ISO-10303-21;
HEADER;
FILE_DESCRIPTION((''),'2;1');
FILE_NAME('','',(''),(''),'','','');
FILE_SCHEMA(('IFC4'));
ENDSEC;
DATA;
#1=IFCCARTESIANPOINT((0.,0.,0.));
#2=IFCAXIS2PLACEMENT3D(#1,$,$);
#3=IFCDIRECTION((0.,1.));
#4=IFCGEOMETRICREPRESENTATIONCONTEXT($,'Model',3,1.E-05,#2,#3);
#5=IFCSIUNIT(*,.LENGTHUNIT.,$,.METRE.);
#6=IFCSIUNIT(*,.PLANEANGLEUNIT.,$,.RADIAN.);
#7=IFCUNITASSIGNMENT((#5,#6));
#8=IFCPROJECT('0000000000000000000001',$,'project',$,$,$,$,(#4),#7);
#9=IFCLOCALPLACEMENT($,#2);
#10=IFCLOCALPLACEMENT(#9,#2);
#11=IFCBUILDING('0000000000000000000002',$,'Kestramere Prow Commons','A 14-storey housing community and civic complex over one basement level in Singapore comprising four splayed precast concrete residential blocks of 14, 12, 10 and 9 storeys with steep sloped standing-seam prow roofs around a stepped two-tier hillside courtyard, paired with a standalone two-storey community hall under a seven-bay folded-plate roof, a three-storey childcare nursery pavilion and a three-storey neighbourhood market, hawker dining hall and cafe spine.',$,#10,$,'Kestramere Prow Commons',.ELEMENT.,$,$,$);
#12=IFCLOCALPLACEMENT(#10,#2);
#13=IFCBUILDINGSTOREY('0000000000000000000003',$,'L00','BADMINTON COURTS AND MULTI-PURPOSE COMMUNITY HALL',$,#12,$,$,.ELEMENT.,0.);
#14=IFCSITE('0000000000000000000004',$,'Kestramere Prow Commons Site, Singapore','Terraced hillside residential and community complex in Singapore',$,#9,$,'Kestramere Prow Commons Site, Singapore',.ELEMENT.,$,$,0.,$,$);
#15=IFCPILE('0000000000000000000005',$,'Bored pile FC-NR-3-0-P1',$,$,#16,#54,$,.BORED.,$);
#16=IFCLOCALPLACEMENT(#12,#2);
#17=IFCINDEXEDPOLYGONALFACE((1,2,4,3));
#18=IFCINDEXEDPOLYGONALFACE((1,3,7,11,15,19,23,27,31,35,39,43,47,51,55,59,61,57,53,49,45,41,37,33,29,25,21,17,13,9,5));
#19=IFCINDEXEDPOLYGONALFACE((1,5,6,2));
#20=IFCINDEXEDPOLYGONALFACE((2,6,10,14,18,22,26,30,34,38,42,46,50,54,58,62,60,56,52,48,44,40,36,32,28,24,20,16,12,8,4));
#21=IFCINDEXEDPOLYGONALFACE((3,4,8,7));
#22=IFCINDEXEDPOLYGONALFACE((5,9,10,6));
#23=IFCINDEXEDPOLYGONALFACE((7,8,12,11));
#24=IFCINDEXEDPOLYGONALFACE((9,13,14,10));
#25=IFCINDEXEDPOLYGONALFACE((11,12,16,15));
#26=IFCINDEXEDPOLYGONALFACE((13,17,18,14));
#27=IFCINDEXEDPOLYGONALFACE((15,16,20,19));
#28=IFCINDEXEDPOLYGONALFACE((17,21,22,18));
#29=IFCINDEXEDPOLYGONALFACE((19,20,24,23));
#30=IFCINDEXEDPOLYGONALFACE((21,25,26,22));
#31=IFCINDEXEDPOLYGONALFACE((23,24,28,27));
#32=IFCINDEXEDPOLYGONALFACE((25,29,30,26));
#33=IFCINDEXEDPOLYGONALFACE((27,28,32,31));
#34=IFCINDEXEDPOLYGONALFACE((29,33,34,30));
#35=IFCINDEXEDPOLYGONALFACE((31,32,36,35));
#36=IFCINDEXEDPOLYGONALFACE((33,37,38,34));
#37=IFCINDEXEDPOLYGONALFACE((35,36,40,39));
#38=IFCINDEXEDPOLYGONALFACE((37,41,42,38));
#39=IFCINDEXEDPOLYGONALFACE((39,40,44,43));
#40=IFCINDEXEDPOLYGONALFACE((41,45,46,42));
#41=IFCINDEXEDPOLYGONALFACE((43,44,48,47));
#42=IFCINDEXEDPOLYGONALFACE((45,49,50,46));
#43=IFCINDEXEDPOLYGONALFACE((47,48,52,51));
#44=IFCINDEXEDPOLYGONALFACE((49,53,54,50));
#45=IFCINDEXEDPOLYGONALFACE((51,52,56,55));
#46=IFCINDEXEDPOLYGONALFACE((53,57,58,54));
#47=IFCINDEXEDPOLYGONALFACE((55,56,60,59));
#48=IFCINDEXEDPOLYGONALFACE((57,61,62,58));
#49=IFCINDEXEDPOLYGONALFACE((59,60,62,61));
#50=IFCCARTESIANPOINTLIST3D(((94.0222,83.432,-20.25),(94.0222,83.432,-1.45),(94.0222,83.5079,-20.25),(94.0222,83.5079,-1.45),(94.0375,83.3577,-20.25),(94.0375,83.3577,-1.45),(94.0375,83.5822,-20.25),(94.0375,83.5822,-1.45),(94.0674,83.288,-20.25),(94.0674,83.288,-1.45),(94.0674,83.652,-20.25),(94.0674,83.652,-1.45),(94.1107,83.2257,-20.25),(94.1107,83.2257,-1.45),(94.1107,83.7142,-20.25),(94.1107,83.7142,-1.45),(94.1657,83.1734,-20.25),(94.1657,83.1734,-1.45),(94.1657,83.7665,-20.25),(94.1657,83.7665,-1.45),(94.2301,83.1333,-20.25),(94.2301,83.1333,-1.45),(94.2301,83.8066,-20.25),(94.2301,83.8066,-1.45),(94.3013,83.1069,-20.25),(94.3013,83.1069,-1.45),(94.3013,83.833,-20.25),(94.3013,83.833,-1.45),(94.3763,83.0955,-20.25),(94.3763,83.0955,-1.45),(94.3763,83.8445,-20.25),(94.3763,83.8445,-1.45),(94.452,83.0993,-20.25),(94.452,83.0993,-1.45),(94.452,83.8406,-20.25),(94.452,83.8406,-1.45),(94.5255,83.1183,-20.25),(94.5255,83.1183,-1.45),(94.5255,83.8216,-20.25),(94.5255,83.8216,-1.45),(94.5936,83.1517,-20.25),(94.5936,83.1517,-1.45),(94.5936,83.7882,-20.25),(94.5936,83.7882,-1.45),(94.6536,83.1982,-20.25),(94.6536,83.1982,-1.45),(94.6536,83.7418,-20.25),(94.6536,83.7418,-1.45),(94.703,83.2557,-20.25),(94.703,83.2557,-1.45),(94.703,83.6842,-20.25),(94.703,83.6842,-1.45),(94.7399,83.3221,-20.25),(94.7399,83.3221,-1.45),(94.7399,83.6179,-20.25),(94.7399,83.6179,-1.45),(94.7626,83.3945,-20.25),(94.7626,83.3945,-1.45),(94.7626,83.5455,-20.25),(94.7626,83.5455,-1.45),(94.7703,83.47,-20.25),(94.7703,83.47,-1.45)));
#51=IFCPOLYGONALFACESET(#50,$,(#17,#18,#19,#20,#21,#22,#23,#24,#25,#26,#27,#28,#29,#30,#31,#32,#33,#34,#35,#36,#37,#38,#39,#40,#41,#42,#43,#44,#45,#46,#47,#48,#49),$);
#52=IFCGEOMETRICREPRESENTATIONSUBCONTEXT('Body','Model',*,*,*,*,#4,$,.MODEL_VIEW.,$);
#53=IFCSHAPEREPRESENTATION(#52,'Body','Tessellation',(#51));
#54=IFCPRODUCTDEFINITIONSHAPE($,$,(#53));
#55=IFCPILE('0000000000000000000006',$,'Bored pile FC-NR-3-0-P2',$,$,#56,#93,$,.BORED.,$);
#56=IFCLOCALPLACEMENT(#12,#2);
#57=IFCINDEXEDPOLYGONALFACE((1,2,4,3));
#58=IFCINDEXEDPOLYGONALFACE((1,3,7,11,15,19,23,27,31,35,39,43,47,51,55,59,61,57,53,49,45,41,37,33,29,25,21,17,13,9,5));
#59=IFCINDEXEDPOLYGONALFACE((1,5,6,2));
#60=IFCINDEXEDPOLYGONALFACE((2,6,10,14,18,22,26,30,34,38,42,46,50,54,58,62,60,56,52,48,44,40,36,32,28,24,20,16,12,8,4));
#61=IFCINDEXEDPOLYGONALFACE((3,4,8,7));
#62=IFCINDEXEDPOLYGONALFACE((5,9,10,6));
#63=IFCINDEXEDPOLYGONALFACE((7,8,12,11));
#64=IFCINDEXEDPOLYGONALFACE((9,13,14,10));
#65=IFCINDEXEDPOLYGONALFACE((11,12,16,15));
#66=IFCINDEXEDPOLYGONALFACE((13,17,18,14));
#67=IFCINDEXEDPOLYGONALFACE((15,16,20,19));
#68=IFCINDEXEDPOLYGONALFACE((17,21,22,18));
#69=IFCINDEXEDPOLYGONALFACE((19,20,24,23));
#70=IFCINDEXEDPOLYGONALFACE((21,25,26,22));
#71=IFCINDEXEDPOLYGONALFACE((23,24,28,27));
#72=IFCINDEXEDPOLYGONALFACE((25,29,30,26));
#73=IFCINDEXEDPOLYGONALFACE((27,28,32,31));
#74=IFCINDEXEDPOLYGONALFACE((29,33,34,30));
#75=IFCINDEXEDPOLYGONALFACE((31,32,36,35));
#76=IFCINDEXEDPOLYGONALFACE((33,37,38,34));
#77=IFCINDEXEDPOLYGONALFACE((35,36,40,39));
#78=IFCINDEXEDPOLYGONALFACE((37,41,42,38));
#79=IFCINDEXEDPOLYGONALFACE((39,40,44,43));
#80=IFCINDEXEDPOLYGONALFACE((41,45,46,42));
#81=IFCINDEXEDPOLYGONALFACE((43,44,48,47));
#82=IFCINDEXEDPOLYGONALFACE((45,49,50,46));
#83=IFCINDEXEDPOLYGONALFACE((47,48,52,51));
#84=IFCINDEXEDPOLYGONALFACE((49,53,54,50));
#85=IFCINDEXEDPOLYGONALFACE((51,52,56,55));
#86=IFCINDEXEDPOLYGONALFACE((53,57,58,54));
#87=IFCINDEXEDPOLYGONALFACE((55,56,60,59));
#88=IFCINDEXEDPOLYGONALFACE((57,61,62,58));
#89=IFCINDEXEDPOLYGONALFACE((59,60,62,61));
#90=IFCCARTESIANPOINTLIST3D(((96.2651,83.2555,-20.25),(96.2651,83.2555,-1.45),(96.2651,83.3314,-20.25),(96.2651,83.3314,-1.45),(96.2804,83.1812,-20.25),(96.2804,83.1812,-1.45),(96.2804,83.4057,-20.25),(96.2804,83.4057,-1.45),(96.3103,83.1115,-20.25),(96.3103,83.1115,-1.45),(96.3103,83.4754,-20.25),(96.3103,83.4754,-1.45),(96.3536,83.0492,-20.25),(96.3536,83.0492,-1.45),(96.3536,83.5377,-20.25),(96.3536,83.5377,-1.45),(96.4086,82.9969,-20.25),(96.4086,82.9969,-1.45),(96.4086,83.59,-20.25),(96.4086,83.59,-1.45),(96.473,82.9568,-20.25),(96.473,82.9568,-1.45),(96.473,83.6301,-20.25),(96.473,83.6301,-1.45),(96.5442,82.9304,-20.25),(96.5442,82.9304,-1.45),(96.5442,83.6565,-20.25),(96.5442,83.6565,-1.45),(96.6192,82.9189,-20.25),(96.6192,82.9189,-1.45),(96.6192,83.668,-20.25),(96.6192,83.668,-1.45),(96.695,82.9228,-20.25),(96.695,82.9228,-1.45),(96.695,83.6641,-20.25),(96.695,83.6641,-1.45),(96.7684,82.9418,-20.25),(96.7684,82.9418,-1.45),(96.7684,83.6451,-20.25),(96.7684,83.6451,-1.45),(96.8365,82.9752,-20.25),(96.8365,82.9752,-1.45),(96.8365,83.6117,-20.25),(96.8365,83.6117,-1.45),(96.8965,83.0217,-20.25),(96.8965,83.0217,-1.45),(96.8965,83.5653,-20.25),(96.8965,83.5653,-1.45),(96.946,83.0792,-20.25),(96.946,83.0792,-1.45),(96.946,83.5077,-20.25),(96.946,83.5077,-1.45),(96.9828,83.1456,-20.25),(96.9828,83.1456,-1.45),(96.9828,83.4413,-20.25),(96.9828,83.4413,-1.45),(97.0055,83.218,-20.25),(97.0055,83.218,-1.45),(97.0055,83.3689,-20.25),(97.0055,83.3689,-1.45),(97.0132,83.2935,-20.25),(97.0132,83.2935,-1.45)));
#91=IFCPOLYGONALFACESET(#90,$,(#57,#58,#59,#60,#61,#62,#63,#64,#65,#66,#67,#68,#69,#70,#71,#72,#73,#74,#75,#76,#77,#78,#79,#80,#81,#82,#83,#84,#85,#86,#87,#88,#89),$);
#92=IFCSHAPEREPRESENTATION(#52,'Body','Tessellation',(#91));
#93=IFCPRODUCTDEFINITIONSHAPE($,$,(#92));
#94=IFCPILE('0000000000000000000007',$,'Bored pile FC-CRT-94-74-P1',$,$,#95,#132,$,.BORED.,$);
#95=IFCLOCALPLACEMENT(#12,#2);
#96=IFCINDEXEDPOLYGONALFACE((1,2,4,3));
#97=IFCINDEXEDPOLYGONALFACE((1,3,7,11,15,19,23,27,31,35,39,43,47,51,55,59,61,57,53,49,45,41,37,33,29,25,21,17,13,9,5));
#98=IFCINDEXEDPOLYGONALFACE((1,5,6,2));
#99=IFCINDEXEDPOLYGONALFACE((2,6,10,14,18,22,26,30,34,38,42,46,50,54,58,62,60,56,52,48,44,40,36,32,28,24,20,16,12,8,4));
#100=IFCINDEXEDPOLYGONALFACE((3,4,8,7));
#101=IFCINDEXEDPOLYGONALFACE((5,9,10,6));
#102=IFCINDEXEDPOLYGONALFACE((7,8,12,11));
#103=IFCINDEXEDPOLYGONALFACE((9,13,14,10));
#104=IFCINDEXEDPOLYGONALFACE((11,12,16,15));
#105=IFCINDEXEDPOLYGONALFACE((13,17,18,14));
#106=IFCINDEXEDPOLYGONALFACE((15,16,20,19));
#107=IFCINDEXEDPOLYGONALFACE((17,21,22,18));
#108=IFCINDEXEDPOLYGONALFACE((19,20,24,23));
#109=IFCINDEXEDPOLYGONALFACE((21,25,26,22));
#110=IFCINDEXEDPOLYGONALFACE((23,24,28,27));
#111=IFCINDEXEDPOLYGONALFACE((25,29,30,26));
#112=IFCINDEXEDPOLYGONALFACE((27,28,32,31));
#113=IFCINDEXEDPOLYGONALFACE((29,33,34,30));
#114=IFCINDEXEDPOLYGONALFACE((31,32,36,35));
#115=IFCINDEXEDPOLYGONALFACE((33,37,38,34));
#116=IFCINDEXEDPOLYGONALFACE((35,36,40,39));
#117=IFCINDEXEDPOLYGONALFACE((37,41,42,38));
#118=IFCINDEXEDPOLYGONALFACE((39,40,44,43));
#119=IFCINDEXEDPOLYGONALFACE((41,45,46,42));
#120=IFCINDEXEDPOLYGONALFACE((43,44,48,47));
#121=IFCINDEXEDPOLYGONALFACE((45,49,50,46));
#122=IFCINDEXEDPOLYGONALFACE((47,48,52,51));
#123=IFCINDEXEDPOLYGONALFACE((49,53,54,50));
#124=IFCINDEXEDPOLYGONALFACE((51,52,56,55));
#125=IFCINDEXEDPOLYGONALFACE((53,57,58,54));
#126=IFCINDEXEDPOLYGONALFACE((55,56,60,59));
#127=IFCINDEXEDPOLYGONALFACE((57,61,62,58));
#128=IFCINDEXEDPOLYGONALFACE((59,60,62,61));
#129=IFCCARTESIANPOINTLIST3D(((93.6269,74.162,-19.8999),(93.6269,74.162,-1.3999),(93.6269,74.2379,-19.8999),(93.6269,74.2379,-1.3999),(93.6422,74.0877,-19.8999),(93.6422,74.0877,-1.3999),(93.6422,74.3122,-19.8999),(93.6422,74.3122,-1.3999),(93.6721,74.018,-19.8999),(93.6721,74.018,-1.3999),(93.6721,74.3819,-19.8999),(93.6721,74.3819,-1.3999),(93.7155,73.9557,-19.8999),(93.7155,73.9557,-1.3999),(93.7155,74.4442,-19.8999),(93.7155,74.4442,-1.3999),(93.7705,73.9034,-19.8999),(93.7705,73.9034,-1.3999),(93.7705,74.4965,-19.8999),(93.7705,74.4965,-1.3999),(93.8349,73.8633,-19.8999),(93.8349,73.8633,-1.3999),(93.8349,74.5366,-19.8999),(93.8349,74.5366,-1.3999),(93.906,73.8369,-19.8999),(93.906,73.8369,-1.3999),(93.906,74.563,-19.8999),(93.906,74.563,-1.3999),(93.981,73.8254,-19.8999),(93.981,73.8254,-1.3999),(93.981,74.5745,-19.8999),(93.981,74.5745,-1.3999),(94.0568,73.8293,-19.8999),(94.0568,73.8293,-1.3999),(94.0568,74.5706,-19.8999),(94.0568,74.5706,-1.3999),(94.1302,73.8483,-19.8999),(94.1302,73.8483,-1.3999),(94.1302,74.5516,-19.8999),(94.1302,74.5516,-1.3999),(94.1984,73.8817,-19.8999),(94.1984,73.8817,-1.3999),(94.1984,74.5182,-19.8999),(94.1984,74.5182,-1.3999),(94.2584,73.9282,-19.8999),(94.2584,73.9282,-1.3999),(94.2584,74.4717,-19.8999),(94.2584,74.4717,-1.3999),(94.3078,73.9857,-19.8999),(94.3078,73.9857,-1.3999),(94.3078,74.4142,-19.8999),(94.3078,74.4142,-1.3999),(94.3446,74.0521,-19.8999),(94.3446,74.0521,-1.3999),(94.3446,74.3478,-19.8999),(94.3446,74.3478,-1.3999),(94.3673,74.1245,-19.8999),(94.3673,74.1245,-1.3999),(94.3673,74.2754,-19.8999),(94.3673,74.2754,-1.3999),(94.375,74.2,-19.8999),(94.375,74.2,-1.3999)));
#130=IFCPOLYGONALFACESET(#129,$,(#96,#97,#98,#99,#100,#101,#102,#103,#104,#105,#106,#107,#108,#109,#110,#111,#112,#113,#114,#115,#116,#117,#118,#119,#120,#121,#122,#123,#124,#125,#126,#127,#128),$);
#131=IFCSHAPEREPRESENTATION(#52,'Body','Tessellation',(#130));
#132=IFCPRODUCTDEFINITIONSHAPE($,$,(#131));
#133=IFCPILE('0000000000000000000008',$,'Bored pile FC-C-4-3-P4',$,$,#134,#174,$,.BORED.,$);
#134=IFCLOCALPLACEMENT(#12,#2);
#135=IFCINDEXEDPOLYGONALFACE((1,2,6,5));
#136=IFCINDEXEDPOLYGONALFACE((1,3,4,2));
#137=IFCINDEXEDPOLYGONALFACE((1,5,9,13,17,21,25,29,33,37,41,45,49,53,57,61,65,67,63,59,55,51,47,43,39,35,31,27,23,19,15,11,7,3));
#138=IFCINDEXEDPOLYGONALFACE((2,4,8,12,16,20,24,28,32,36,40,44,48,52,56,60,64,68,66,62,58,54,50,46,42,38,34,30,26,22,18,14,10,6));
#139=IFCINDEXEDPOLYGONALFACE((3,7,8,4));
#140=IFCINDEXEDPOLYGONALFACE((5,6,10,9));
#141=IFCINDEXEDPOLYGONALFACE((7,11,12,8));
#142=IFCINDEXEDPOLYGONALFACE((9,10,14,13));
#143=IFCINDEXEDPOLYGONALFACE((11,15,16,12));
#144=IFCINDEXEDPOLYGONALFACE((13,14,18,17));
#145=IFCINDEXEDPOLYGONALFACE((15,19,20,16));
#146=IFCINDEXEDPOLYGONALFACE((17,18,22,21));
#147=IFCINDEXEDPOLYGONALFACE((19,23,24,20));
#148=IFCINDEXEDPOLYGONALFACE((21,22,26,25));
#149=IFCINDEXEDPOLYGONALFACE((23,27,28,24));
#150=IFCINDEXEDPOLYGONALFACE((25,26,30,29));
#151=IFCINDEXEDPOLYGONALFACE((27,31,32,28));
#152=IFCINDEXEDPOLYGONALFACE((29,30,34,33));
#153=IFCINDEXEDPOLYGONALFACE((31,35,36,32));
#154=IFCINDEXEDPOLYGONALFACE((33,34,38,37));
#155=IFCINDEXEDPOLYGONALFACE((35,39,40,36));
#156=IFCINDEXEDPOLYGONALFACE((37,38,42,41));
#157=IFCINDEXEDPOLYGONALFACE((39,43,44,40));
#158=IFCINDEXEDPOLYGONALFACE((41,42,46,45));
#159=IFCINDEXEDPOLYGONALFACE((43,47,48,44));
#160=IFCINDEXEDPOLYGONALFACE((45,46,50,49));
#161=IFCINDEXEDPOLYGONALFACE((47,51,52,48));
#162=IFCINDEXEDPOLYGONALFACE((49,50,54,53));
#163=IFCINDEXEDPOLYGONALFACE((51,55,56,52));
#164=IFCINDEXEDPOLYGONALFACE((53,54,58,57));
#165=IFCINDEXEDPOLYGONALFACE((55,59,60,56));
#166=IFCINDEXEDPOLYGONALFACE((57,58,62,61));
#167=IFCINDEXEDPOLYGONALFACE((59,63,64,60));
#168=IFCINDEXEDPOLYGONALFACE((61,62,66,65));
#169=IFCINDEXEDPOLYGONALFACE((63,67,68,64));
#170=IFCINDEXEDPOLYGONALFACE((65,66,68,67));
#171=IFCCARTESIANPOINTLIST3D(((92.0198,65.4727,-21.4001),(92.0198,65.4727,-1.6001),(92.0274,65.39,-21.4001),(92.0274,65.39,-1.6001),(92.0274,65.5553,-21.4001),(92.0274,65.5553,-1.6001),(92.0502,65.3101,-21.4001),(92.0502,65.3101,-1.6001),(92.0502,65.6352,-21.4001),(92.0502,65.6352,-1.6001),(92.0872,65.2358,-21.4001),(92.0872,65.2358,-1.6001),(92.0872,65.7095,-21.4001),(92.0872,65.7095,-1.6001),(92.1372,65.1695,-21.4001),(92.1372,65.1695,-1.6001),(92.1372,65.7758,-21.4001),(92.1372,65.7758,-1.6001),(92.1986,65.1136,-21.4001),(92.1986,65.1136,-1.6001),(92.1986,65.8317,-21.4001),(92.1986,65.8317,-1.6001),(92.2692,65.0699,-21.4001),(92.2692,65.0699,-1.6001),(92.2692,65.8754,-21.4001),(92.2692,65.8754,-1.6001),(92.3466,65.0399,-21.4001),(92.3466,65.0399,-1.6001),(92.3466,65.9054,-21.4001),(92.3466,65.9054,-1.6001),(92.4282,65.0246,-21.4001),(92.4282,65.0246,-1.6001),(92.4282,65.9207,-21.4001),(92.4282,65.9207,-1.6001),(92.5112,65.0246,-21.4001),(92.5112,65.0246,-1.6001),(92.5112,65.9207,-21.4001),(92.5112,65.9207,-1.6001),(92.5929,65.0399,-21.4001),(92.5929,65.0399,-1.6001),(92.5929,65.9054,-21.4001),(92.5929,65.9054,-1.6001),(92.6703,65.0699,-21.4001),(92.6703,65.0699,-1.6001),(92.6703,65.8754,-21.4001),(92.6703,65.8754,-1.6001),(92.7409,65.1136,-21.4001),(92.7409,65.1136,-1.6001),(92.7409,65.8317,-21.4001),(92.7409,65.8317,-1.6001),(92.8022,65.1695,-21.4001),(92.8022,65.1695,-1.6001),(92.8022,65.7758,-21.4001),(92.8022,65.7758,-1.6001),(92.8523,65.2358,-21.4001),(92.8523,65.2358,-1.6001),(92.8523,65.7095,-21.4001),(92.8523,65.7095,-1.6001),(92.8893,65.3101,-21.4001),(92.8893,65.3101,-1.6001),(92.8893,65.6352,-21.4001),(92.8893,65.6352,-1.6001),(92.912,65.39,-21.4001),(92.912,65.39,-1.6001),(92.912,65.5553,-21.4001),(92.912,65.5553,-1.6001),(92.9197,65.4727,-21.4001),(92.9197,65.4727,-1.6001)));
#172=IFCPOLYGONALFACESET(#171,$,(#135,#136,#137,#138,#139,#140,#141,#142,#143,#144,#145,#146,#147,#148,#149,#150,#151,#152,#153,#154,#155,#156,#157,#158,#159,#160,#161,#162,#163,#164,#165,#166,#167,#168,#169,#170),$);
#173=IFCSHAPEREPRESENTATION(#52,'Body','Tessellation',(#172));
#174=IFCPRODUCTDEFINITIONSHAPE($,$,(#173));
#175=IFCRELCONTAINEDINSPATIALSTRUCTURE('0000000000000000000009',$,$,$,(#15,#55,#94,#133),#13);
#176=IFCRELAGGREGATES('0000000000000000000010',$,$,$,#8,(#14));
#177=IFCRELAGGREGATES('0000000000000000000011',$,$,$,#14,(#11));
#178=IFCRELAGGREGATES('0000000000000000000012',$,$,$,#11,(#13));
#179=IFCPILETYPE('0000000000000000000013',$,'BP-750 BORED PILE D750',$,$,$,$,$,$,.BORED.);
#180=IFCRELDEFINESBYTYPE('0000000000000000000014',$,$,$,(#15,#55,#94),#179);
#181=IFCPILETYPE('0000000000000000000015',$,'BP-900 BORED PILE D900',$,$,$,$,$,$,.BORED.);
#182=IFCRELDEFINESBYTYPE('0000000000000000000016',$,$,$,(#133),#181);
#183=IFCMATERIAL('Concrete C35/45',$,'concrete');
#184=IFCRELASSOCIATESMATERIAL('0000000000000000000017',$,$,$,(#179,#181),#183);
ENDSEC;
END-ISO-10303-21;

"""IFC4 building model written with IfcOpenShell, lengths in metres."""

from ifc_helpers import new_model, si_unit, direction, frame, origin, origin_2d, place, context, subcontext, project, spatial, circle, extrude, material, material_profile, profile_set, type_object, element, save


model = new_model("IFC4")

# Units and contexts
model_context = context("Model", 3, precision=1e-05, world=origin(), true_north=direction((0.0, 1.0)))
body_context = subcontext(model_context, "Body", "Model", "MODEL_VIEW")
ifc_project = project(units=[si_unit("LENGTHUNIT", "METRE"), si_unit("PLANEANGLEUNIT", "RADIAN")], contexts=[model_context])

# Site, building, storey
site_placement = place(None, origin())
site = spatial("IfcSite", under=ifc_project, at=site_placement, Name="Kestramere Prow Commons Site, Singapore", Description="Terraced hillside residential and community complex in Singapore", LongName="Kestramere Prow Commons Site, Singapore", CompositionType="ELEMENT", RefElevation=0.0)
building_placement = place(site_placement, origin())
building = spatial("IfcBuilding", under=site, at=building_placement, Name="Kestramere Prow Commons", Description="A 14-storey housing community and civic complex over one basement level in Singapore comprising four splayed precast concrete residential blocks of 14, 12, 10 and 9 storeys with steep sloped standing-seam prow roofs around a stepped two-tier hillside courtyard, paired with a standalone two-storey community hall under a seven-bay folded-plate roof, a three-storey childcare nursery pavilion and a three-storey neighbourhood market, hawker dining hall and cafe spine.", LongName="Kestramere Prow Commons", CompositionType="ELEMENT")
storey_placement = place(building_placement, origin())
storey = spatial("IfcBuildingStorey", under=building, at=storey_placement, Name="L00", Description="BADMINTON COURTS AND MULTI-PURPOSE COMMUNITY HALL", CompositionType="ELEMENT", Elevation=0.0)

# Piles
ifc_material_1 = material(Name="Concrete C35/45", Category="concrete")
ifc_material_profile_1 = material_profile(ifc_material_1, circle(Radius=0.375, at=origin_2d()), Name="BORED PILE D750")
ifc_profile_set_1 = profile_set([ifc_material_profile_1], Name="Concrete C35/45")
pile_type_1 = type_object("IfcPileType", Name="BP-750 BORED PILE D750", PredefinedType="BORED", material=ifc_profile_set_1)
for number, where, z_axis, x_axis, name in (
    (1, (94.3953, 83.47, -1.45), (0.0, 0.0, -1.0), (1.0, 0.0, 0.0), "Bored pile FC-NR-3-0-P1"),
    (2, (96.6382, 83.2935, -1.45), (0.0, 0.0, -1.0), (1.0, 0.0, 0.0), "Bored pile FC-NR-3-0-P2"),
):
    element("IfcPile", number, at=place(storey_placement, frame(where, z_axis=z_axis, x_axis=x_axis)), inside=storey, type_object=pile_type_1, Name=name, PredefinedType="BORED", context=body_context, shape_type="SweptSolid", body=[
        extrude(circle(Radius=0.375, at=origin_2d()), origin(), (0.0, 0.0, 1.0), 18.8),
    ])
pile_placement = place(storey_placement, frame((94.0, 74.2, -1.3999), z_axis=(0.0, 0.0, -1.0), x_axis=(1.0, 0.0, 0.0)))
element("IfcPile", 3, at=pile_placement, inside=storey, type_object=pile_type_1, Name="Bored pile FC-CRT-94-74-P1", PredefinedType="BORED", context=body_context, shape_type="SweptSolid", body=[
    extrude(circle(Radius=0.375, at=origin_2d()), origin(), (0.0, 0.0, 1.0), 18.5),
])
ifc_material_profile_2 = material_profile(ifc_material_1, circle(Radius=0.45, at=origin_2d()), Name="BORED PILE D900")
ifc_profile_set_2 = profile_set([ifc_material_profile_2], Name="Concrete C35/45")
pile_type_2 = type_object("IfcPileType", Name="BP-900 BORED PILE D900", PredefinedType="BORED", material=ifc_profile_set_2)
for number, where, z_axis, x_axis, name in (
    (4, (92.4697, 65.4727, -1.6001), (0.0, 0.0, -1.0), (1.0, 0.0, 0.0), "Bored pile FC-C-4-3-P4"),
):
    element("IfcPile", number, at=place(storey_placement, frame(where, z_axis=z_axis, x_axis=x_axis)), inside=storey, type_object=pile_type_2, Name=name, PredefinedType="BORED", context=body_context, shape_type="SweptSolid", body=[
        extrude(circle(Radius=0.45, at=origin_2d()), origin(), (0.0, 0.0, 1.0), 19.8),
    ])

save(model, "model.ifc")
